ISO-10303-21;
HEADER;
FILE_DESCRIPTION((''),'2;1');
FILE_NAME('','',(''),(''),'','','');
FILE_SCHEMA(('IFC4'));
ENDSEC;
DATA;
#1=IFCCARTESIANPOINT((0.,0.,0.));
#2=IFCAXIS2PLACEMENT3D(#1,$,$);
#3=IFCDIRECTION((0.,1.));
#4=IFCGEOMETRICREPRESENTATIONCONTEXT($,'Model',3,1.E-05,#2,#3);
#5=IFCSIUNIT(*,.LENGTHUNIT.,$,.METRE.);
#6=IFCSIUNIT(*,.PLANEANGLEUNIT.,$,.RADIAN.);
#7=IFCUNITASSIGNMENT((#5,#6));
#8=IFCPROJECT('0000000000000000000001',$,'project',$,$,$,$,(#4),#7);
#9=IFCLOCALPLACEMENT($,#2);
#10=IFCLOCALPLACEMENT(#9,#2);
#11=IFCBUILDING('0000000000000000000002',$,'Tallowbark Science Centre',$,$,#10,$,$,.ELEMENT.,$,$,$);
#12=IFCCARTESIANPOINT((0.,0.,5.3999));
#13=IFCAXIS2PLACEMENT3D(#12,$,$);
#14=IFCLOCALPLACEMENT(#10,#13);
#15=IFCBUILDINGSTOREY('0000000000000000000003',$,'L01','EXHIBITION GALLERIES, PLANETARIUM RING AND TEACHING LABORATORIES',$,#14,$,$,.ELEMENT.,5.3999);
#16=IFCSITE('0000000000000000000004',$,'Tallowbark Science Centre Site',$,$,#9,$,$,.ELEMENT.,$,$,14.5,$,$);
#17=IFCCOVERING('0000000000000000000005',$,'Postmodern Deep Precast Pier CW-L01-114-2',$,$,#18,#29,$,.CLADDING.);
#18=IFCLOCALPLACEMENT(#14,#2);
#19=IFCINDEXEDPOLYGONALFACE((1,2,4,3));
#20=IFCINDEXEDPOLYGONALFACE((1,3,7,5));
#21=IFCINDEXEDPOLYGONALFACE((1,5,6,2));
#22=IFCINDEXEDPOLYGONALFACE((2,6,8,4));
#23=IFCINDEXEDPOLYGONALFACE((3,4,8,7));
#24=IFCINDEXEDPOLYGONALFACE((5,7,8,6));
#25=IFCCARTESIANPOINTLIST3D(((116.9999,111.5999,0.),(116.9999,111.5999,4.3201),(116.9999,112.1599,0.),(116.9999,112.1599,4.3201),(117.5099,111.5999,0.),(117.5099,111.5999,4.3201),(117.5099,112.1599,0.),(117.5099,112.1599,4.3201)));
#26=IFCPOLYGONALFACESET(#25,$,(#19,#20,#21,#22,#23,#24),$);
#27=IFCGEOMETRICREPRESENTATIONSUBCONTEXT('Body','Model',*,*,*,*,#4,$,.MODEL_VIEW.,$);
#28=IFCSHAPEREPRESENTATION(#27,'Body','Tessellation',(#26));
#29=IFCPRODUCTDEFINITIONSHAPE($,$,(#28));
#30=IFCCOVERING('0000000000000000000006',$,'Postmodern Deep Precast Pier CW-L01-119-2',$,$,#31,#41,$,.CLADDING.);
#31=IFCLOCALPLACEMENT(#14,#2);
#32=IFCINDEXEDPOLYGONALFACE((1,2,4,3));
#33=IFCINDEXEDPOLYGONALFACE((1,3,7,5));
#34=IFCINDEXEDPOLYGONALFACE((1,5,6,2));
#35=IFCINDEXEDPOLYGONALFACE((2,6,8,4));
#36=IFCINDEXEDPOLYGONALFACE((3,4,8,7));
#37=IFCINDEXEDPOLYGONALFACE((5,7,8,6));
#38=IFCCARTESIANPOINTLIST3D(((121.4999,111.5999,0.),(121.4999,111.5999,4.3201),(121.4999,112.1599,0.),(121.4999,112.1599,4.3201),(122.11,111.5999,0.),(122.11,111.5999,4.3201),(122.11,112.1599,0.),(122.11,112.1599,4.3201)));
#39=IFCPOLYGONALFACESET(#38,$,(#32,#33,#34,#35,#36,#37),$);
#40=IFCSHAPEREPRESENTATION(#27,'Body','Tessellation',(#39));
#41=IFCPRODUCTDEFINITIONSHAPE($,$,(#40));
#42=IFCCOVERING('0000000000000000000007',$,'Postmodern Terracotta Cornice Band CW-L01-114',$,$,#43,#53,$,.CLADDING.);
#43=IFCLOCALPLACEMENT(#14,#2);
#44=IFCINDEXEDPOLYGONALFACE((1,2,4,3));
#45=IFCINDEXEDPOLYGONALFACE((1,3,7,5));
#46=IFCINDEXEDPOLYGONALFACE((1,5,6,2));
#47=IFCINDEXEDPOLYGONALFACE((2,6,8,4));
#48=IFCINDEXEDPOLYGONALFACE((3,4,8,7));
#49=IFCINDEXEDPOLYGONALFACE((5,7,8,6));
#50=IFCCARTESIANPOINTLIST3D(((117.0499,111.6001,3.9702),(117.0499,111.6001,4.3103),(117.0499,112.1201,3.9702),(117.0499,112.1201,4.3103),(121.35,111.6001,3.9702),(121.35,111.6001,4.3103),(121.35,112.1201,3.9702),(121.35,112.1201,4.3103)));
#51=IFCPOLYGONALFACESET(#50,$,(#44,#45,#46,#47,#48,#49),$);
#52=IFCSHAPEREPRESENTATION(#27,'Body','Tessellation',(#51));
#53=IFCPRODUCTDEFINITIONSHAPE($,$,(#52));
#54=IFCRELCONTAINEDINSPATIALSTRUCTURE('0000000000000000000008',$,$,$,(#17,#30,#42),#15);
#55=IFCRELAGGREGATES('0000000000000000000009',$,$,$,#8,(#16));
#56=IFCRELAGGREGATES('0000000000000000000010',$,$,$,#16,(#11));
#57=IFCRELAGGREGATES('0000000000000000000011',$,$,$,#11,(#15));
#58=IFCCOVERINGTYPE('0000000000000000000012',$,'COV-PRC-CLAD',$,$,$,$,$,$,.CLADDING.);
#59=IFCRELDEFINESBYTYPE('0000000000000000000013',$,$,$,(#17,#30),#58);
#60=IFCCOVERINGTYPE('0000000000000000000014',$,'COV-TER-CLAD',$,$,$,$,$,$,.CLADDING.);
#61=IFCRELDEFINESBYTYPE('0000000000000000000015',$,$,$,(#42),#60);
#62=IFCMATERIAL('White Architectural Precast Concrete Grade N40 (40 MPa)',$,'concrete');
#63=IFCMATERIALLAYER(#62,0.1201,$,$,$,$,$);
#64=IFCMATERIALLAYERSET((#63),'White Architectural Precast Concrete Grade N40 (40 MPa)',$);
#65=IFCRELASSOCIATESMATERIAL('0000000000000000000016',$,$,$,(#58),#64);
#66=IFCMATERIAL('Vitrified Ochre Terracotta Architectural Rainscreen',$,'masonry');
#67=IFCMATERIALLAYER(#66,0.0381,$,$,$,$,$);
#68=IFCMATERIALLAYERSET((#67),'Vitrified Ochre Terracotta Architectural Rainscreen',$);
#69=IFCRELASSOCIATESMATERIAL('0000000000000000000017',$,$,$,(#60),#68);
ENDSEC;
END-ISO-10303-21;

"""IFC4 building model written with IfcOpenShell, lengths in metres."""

from ifc_helpers import new_model, si_unit, direction, frame, origin, origin_2d, place, context, subcontext, project, spatial, rectangle, extrude, material, layer, layer_set, type_object, element, save


model = new_model("IFC4")

# Units and contexts
model_context = context("Model", 3, precision=1e-05, world=origin(), true_north=direction((0.0, 1.0)))
body_context = subcontext(model_context, "Body", "Model", "MODEL_VIEW")
ifc_project = project(units=[si_unit("LENGTHUNIT", "METRE"), si_unit("PLANEANGLEUNIT", "RADIAN")], contexts=[model_context])

# Site, building, storey
site_placement = place(None, origin())
site = spatial("IfcSite", under=ifc_project, at=site_placement, Name="Tallowbark Science Centre Site", CompositionType="ELEMENT", RefElevation=14.5)
building_placement = place(site_placement, origin())
building = spatial("IfcBuilding", under=site, at=building_placement, Name="Tallowbark Science Centre", CompositionType="ELEMENT")
storey_placement = place(building_placement, frame((0.0, 0.0, 5.3999)))
storey = spatial("IfcBuildingStorey", under=building, at=storey_placement, Name="L01", Description="EXHIBITION GALLERIES, PLANETARIUM RING AND TEACHING LABORATORIES", CompositionType="ELEMENT", Elevation=5.3999)

# Coverings
ifc_material_1 = material(Name="White Architectural Precast Concrete Grade N40 (40 MPa)", Category="concrete")
ifc_layer_1 = layer(ifc_material_1, 0.1201)
ifc_layer_set_1 = layer_set([ifc_layer_1], Name="White Architectural Precast Concrete Grade N40 (40 MPa)")
covering_type_1 = type_object("IfcCoveringType", Name="COV-PRC-CLAD", PredefinedType="CLADDING", material=ifc_layer_set_1)
covering_1_placement = place(storey_placement, frame((117.2549, 111.8799, 0.0), z_axis=(0.0, 0.0, 1.0), x_axis=(-1.0, 0.0, 0.0)))
element("IfcCovering", 1, at=covering_1_placement, inside=storey, type_object=covering_type_1, Name="Postmodern Deep Precast Pier CW-L01-114-2", PredefinedType="CLADDING", context=body_context, shape_type="SweptSolid", body=[
    extrude(rectangle(XDim=0.51, YDim=0.5601, at=origin_2d()), origin(), (0.0, 0.0, 1.0), 4.3201),
])
covering_2_placement = place(storey_placement, frame((121.8049, 111.8799, 0.0), z_axis=(0.0, 0.0, 1.0), x_axis=(-1.0, 0.0, 0.0)))
element("IfcCovering", 2, at=covering_2_placement, inside=storey, type_object=covering_type_1, Name="Postmodern Deep Precast Pier CW-L01-119-2", PredefinedType="CLADDING", context=body_context, shape_type="SweptSolid", body=[
    extrude(rectangle(XDim=0.6101, YDim=0.5601, at=origin_2d()), origin(), (0.0, 0.0, 1.0), 4.3201),
])
ifc_material_2 = material(Name="Vitrified Ochre Terracotta Architectural Rainscreen", Category="masonry")
ifc_layer_2 = layer(ifc_material_2, 0.0381)
ifc_layer_set_2 = layer_set([ifc_layer_2], Name="Vitrified Ochre Terracotta Architectural Rainscreen")
covering_type_2 = type_object("IfcCoveringType", Name="COV-TER-CLAD", PredefinedType="CLADDING", material=ifc_layer_set_2)
covering_3_placement = place(storey_placement, frame((119.2, 111.8601, 3.9702), z_axis=(0.0, 0.0, 1.0), x_axis=(-1.0, 0.0, 0.0)))
element("IfcCovering", 3, at=covering_3_placement, inside=storey, type_object=covering_type_2, Name="Postmodern Terracotta Cornice Band CW-L01-114", PredefinedType="CLADDING", context=body_context, shape_type="SweptSolid", body=[
    extrude(rectangle(XDim=4.3, YDim=0.52, at=origin_2d()), origin(), (0.0, 0.0, 1.0), 0.3401),
])

save(model, "model.ifc")
